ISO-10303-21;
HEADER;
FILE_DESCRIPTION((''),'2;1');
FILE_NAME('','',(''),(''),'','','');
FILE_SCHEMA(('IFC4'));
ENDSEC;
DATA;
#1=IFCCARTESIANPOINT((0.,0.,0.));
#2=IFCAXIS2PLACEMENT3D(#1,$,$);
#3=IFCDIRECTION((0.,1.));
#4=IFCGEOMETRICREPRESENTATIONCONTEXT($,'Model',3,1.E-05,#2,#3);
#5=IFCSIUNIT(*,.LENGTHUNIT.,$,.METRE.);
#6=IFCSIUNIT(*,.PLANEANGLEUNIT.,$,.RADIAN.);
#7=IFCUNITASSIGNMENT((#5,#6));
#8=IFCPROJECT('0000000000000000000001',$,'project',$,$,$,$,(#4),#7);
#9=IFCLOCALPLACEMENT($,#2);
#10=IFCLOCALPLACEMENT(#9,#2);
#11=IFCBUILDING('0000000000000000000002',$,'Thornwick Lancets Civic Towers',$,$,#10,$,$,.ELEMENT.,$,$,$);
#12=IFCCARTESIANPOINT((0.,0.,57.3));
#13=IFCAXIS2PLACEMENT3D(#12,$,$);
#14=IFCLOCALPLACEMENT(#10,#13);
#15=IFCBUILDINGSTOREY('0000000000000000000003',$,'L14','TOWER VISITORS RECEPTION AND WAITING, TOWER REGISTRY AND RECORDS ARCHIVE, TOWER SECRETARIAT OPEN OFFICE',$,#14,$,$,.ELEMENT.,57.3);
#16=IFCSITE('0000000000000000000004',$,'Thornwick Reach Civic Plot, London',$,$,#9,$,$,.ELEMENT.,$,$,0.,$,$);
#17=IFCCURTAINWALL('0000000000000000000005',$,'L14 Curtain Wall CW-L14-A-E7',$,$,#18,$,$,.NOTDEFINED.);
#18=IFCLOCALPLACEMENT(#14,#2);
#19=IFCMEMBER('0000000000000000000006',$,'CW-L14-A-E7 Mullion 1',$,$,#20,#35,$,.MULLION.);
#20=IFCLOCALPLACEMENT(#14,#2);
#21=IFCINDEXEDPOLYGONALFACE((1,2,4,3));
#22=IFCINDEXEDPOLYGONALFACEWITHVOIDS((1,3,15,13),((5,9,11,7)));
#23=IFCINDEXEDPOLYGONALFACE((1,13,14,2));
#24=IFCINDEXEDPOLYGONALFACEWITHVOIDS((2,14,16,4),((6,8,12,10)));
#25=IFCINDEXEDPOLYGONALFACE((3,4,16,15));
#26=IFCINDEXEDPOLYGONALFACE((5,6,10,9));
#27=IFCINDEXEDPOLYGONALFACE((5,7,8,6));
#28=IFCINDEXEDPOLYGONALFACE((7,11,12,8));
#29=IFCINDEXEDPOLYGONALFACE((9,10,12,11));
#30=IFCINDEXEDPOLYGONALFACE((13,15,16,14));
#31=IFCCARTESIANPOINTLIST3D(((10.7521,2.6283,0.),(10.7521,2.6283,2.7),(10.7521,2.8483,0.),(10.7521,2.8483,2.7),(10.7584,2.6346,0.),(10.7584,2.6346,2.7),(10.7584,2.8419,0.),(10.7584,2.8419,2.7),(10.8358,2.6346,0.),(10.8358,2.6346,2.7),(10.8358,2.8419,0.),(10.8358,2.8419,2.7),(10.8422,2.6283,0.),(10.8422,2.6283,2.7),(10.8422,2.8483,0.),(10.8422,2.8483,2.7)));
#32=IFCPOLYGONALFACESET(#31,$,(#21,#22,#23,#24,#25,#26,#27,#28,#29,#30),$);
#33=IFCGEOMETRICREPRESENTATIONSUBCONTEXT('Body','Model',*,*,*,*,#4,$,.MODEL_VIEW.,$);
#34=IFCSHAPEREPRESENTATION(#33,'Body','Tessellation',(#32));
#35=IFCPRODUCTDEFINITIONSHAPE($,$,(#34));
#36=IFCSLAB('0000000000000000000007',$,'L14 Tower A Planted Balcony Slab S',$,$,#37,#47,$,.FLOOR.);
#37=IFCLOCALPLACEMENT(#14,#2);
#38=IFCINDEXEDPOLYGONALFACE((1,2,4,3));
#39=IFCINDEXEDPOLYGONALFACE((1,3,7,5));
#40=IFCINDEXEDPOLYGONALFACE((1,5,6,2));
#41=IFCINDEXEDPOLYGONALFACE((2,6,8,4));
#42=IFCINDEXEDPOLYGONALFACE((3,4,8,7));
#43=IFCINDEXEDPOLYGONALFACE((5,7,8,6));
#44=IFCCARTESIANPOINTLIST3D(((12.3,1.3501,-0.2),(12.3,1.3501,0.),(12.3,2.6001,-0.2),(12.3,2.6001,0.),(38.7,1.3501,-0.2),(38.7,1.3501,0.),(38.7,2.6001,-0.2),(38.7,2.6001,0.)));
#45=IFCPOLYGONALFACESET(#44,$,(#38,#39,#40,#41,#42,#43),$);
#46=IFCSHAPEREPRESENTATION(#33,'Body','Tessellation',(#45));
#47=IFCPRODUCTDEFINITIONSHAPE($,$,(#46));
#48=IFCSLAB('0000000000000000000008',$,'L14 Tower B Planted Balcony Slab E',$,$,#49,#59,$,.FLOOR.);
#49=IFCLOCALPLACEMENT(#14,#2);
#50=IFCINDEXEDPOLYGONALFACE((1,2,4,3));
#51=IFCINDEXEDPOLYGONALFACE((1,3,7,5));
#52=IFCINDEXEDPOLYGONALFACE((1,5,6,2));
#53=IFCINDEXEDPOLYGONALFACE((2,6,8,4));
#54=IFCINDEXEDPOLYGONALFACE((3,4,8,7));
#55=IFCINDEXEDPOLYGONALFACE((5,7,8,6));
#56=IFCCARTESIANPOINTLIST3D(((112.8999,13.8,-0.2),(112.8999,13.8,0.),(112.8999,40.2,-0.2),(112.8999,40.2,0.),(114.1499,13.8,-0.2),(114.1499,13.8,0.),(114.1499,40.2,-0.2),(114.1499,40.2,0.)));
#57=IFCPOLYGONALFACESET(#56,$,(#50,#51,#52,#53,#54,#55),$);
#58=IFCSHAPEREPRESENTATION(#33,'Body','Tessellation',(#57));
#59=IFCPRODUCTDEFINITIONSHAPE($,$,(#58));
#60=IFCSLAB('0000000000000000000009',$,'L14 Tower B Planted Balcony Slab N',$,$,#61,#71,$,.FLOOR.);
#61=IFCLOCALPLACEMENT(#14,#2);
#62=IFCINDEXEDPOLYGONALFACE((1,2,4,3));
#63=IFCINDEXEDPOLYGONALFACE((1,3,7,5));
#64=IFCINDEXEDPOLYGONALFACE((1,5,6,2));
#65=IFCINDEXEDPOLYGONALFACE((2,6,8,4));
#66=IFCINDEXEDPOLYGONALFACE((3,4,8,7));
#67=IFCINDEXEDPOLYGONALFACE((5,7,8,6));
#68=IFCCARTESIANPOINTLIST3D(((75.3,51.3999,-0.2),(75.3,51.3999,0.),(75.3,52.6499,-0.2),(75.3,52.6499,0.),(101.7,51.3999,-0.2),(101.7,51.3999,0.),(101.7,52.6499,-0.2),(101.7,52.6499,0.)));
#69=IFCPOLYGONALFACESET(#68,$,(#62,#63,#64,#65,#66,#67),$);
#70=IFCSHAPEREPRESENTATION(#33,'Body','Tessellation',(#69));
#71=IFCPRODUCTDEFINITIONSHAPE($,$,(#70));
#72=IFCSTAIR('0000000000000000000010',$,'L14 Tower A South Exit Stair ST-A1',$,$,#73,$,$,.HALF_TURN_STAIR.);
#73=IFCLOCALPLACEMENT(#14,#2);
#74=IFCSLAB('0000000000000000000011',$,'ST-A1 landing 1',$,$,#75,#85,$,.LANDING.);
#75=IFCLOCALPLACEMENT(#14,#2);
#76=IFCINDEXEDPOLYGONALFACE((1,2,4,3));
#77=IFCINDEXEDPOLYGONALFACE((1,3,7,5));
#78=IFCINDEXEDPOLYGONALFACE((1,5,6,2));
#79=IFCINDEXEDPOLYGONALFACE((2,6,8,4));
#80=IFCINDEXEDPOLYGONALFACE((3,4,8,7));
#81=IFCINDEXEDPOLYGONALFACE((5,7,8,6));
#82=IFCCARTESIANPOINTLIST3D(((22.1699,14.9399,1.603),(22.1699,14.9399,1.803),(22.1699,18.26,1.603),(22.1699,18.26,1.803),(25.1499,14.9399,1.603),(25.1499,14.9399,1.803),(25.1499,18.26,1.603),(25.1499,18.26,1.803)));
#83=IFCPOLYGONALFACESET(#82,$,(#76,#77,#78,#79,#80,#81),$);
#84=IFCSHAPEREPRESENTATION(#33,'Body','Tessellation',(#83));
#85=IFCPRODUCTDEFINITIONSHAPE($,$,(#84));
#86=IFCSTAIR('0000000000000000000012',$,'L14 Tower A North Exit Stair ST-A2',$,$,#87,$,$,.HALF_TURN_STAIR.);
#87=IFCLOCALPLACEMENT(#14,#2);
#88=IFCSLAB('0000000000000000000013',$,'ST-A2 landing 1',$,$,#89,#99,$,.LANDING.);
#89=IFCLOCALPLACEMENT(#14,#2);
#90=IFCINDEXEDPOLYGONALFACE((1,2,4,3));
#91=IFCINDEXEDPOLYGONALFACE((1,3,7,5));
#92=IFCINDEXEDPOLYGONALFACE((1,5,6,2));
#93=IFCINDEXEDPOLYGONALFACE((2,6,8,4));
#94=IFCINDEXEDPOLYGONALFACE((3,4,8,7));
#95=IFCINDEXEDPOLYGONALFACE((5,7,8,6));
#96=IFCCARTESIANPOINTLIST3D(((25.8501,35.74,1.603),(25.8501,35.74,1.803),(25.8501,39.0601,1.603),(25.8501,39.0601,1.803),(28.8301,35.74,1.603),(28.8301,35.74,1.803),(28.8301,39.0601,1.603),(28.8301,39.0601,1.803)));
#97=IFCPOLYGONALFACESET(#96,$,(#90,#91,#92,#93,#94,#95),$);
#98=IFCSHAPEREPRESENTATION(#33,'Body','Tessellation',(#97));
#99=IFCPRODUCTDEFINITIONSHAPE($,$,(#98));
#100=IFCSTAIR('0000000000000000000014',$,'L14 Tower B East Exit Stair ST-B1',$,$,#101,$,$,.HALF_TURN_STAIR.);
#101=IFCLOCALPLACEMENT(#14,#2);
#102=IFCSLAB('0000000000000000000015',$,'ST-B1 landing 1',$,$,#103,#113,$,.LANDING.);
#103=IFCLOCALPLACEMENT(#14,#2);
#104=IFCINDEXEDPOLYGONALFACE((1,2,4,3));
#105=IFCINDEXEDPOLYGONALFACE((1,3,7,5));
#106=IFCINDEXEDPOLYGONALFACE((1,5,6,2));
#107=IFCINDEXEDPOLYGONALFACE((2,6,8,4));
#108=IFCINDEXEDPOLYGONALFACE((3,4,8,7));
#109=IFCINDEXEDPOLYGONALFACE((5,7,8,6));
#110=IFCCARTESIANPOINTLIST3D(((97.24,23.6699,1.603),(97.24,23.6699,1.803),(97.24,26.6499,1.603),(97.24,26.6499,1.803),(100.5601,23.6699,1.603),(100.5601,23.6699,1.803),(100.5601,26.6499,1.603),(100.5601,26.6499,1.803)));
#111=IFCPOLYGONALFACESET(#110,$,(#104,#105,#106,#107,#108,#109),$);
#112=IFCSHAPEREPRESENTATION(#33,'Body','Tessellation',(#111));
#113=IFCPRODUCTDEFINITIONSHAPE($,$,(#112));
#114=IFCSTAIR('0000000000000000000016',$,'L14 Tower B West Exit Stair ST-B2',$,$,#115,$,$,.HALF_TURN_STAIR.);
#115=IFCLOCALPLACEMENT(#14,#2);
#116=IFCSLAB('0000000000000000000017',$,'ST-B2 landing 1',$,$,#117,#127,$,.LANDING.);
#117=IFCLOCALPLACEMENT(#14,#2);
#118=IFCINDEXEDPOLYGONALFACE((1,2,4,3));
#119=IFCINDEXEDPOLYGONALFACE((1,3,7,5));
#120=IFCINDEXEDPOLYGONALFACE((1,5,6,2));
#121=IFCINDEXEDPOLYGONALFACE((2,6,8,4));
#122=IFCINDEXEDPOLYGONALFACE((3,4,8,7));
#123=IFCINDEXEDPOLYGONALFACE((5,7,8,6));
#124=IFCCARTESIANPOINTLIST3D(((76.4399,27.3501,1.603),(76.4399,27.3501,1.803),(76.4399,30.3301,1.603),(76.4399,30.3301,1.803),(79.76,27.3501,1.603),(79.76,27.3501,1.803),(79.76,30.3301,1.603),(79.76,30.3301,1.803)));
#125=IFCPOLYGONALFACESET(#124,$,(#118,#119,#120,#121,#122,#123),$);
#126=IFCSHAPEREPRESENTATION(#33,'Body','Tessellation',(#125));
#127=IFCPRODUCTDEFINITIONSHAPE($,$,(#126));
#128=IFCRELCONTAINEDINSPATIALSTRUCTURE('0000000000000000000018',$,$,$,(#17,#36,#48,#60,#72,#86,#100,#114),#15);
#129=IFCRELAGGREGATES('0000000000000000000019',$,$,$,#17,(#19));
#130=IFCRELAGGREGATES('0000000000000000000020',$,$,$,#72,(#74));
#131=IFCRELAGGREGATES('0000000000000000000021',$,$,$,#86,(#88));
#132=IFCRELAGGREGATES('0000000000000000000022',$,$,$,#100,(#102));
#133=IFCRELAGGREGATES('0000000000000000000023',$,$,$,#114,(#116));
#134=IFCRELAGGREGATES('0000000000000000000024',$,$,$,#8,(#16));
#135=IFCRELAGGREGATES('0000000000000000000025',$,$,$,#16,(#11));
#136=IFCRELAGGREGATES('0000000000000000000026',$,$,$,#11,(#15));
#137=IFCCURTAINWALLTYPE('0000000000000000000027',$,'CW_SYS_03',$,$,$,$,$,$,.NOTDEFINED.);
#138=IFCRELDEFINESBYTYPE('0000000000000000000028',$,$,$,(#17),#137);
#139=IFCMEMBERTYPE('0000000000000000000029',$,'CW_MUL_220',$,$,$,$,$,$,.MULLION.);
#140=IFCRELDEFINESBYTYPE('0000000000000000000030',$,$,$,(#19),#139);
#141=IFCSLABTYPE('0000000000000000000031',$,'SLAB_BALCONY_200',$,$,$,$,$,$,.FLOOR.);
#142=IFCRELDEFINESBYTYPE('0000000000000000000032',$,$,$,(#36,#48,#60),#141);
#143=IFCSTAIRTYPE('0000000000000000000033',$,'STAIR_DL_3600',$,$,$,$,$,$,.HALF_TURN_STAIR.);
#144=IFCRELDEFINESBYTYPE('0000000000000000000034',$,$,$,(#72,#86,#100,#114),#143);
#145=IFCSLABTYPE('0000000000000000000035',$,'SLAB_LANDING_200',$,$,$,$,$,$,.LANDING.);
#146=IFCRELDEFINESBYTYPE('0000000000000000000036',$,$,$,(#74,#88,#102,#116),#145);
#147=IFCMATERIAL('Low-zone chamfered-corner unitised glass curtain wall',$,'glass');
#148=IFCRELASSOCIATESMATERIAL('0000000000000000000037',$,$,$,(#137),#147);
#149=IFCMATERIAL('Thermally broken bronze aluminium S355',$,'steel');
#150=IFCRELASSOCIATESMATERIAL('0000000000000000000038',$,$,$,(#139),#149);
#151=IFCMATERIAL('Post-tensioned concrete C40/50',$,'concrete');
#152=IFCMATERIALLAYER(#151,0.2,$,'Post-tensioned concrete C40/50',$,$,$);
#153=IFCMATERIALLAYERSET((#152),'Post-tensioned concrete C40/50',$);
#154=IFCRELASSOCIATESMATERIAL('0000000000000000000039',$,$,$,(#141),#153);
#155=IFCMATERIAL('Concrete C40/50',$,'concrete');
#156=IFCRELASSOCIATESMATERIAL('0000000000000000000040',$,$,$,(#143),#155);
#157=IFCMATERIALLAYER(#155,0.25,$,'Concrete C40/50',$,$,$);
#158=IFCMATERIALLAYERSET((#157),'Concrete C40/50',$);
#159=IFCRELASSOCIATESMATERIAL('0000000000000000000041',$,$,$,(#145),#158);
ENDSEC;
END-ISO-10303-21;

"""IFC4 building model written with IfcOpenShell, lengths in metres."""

from ifc_helpers import new_model, si_unit, direction, frame, origin, origin_2d, place, context, subcontext, project, spatial, polyline, hollow_rectangle, outline, extrude, material, layer, layer_set, material_profile, profile_set, type_object, element, aggregate, save


model = new_model("IFC4")

# Units and contexts
model_context = context("Model", 3, precision=1e-05, world=origin(), true_north=direction((0.0, 1.0)))
body_context = subcontext(model_context, "Body", "Model", "MODEL_VIEW")
ifc_project = project(units=[si_unit("LENGTHUNIT", "METRE"), si_unit("PLANEANGLEUNIT", "RADIAN")], contexts=[model_context])

# Site, building, storey
site_placement = place(None, origin())
site = spatial("IfcSite", under=ifc_project, at=site_placement, Name="Thornwick Reach Civic Plot, London", CompositionType="ELEMENT", RefElevation=0.0)
building_placement = place(site_placement, origin())
building = spatial("IfcBuilding", under=site, at=building_placement, Name="Thornwick Lancets Civic Towers", CompositionType="ELEMENT")
storey_placement = place(building_placement, frame((0.0, 0.0, 57.3)))
storey = spatial("IfcBuildingStorey", under=building, at=storey_placement, Name="L14", Description="TOWER VISITORS RECEPTION AND WAITING, TOWER REGISTRY AND RECORDS ARCHIVE, TOWER SECRETARIAT OPEN OFFICE", CompositionType="ELEMENT", Elevation=57.3)

# Curtain wall, member
ifc_material_1 = material(Name="Low-zone chamfered-corner unitised glass curtain wall", Category="glass")
curtain_wall_type = type_object("IfcCurtainWallType", Name="CW_SYS_03", PredefinedType="NOTDEFINED", material=ifc_material_1)
curtain_wall_placement = place(storey_placement, origin())
curtain_wall = element("IfcCurtainWall", 1, at=curtain_wall_placement, inside=storey, type_object=curtain_wall_type, Name="L14 Curtain Wall CW-L14-A-E7", PredefinedType="NOTDEFINED")
ifc_material_2 = material(Name="Thermally broken bronze aluminium S355", Category="steel")
ifc_material_profile = material_profile(ifc_material_2, hollow_rectangle(XDim=0.0901, YDim=0.22, WallThickness=0.0063, at=origin_2d()), Name="RHS 220x90x6.3")
ifc_profile_set = profile_set([ifc_material_profile], Name="Thermally broken bronze aluminium S355")
member_type = type_object("IfcMemberType", Name="CW_MUL_220", PredefinedType="MULLION", material=ifc_profile_set)
member_placement = place(storey_placement, frame((10.7971, 2.7383, 0.0), z_axis=(0.0, 0.0, 1.0), x_axis=(1.0, 0.0, 0.0)))
member = element("IfcMember", 2, at=member_placement, type_object=member_type, Name="CW-L14-A-E7 Mullion 1", PredefinedType="MULLION", context=body_context, shape_type="SweptSolid", body=[
    extrude(hollow_rectangle(XDim=0.0901, YDim=0.22, WallThickness=0.0063, at=origin_2d()), origin(), (0.0, 0.0, 1.0), 2.7),
])
aggregate(curtain_wall, [member])

# Slabs
ifc_material_3 = material(Name="Post-tensioned concrete C40/50", Category="concrete")
ifc_layer_1 = layer(ifc_material_3, 0.2, Name="Post-tensioned concrete C40/50")
ifc_layer_set_1 = layer_set([ifc_layer_1], Name="Post-tensioned concrete C40/50")
slab_type_1 = type_object("IfcSlabType", Name="SLAB_BALCONY_200", PredefinedType="FLOOR", material=ifc_layer_set_1)
slab_1_placement = place(storey_placement, frame((0.0, 0.0, -0.2)))
element("IfcSlab", 3, at=slab_1_placement, inside=storey, type_object=slab_type_1, Name="L14 Tower A Planted Balcony Slab S", PredefinedType="FLOOR", context=body_context, shape_type="SweptSolid", body=[
    extrude(outline(polyline([(12.3, 1.3501), (38.7, 1.3501), (38.7, 2.6001), (12.3, 2.6001), (12.3, 1.3501)])), origin(), (0.0, 0.0, 1.0), 0.2),
])
slab_2_placement = place(storey_placement, frame((0.0, 0.0, -0.2)))
element("IfcSlab", 4, at=slab_2_placement, inside=storey, type_object=slab_type_1, Name="L14 Tower B Planted Balcony Slab E", PredefinedType="FLOOR", context=body_context, shape_type="SweptSolid", body=[
    extrude(outline(polyline([(112.8999, 13.8), (114.1499, 13.8), (114.1499, 40.2), (112.8999, 40.2), (112.8999, 13.8)])), origin(), (0.0, 0.0, 1.0), 0.2),
])
slab_3_placement = place(storey_placement, frame((0.0, 0.0, -0.2)))
element("IfcSlab", 5, at=slab_3_placement, inside=storey, type_object=slab_type_1, Name="L14 Tower B Planted Balcony Slab N", PredefinedType="FLOOR", context=body_context, shape_type="SweptSolid", body=[
    extrude(outline(polyline([(75.3, 51.3999), (101.7, 51.3999), (101.7, 52.6499), (75.3, 52.6499), (75.3, 51.3999)])), origin(), (0.0, 0.0, 1.0), 0.2),
])

# Stairs, slabs
ifc_material_4 = material(Name="Concrete C40/50", Category="concrete")
stair_type = type_object("IfcStairType", Name="STAIR_DL_3600", PredefinedType="HALF_TURN_STAIR", material=ifc_material_4)
stair_1_placement = place(storey_placement, origin())
stair_1 = element("IfcStair", 6, at=stair_1_placement, inside=storey, type_object=stair_type, Name="L14 Tower A South Exit Stair ST-A1", PredefinedType="HALF_TURN_STAIR")
ifc_layer_2 = layer(ifc_material_4, 0.25, Name="Concrete C40/50")
ifc_layer_set_2 = layer_set([ifc_layer_2], Name="Concrete C40/50")
slab_type_2 = type_object("IfcSlabType", Name="SLAB_LANDING_200", PredefinedType="LANDING", material=ifc_layer_set_2)
slab_4_placement = place(storey_placement, frame((0.0, 0.0, 1.603)))
slab_4 = element("IfcSlab", 7, at=slab_4_placement, type_object=slab_type_2, Name="ST-A1 landing 1", PredefinedType="LANDING", context=body_context, shape_type="SweptSolid", body=[
    extrude(outline(polyline([(22.1699, 14.9399), (25.1499, 14.9399), (25.1499, 18.26), (22.1699, 18.26), (22.1699, 14.9399)])), origin(), (0.0, 0.0, 1.0), 0.2),
])
aggregate(stair_1, [slab_4])
stair_2_placement = place(storey_placement, origin())
stair_2 = element("IfcStair", 8, at=stair_2_placement, inside=storey, type_object=stair_type, Name="L14 Tower A North Exit Stair ST-A2", PredefinedType="HALF_TURN_STAIR")
slab_5_placement = place(storey_placement, frame((0.0, 0.0, 1.603)))
slab_5 = element("IfcSlab", 9, at=slab_5_placement, type_object=slab_type_2, Name="ST-A2 landing 1", PredefinedType="LANDING", context=body_context, shape_type="SweptSolid", body=[
    extrude(outline(polyline([(28.8301, 39.0601), (25.8501, 39.0601), (25.8501, 35.74), (28.8301, 35.74), (28.8301, 39.0601)])), origin(), (0.0, 0.0, 1.0), 0.2),
])
aggregate(stair_2, [slab_5])
stair_3_placement = place(storey_placement, origin())
stair_3 = element("IfcStair", 10, at=stair_3_placement, inside=storey, type_object=stair_type, Name="L14 Tower B East Exit Stair ST-B1", PredefinedType="HALF_TURN_STAIR")
slab_6_placement = place(storey_placement, frame((0.0, 0.0, 1.603)))
slab_6 = element("IfcSlab", 11, at=slab_6_placement, type_object=slab_type_2, Name="ST-B1 landing 1", PredefinedType="LANDING", context=body_context, shape_type="SweptSolid", body=[
    extrude(outline(polyline([(100.5601, 23.6699), (100.5601, 26.6499), (97.24, 26.6499), (97.24, 23.6699), (100.5601, 23.6699)])), origin(), (0.0, 0.0, 1.0), 0.2),
])
aggregate(stair_3, [slab_6])
stair_4_placement = place(storey_placement, origin())
stair_4 = element("IfcStair", 12, at=stair_4_placement, inside=storey, type_object=stair_type, Name="L14 Tower B West Exit Stair ST-B2", PredefinedType="HALF_TURN_STAIR")
slab_7_placement = place(storey_placement, frame((0.0, 0.0, 1.603)))
slab_7 = element("IfcSlab", 13, at=slab_7_placement, type_object=slab_type_2, Name="ST-B2 landing 1", PredefinedType="LANDING", context=body_context, shape_type="SweptSolid", body=[
    extrude(outline(polyline([(76.4399, 30.3301), (76.4399, 27.3501), (79.76, 27.3501), (79.76, 30.3301), (76.4399, 30.3301)])), origin(), (0.0, 0.0, 1.0), 0.2),
])
aggregate(stair_4, [slab_7])

save(model, "model.ifc")
